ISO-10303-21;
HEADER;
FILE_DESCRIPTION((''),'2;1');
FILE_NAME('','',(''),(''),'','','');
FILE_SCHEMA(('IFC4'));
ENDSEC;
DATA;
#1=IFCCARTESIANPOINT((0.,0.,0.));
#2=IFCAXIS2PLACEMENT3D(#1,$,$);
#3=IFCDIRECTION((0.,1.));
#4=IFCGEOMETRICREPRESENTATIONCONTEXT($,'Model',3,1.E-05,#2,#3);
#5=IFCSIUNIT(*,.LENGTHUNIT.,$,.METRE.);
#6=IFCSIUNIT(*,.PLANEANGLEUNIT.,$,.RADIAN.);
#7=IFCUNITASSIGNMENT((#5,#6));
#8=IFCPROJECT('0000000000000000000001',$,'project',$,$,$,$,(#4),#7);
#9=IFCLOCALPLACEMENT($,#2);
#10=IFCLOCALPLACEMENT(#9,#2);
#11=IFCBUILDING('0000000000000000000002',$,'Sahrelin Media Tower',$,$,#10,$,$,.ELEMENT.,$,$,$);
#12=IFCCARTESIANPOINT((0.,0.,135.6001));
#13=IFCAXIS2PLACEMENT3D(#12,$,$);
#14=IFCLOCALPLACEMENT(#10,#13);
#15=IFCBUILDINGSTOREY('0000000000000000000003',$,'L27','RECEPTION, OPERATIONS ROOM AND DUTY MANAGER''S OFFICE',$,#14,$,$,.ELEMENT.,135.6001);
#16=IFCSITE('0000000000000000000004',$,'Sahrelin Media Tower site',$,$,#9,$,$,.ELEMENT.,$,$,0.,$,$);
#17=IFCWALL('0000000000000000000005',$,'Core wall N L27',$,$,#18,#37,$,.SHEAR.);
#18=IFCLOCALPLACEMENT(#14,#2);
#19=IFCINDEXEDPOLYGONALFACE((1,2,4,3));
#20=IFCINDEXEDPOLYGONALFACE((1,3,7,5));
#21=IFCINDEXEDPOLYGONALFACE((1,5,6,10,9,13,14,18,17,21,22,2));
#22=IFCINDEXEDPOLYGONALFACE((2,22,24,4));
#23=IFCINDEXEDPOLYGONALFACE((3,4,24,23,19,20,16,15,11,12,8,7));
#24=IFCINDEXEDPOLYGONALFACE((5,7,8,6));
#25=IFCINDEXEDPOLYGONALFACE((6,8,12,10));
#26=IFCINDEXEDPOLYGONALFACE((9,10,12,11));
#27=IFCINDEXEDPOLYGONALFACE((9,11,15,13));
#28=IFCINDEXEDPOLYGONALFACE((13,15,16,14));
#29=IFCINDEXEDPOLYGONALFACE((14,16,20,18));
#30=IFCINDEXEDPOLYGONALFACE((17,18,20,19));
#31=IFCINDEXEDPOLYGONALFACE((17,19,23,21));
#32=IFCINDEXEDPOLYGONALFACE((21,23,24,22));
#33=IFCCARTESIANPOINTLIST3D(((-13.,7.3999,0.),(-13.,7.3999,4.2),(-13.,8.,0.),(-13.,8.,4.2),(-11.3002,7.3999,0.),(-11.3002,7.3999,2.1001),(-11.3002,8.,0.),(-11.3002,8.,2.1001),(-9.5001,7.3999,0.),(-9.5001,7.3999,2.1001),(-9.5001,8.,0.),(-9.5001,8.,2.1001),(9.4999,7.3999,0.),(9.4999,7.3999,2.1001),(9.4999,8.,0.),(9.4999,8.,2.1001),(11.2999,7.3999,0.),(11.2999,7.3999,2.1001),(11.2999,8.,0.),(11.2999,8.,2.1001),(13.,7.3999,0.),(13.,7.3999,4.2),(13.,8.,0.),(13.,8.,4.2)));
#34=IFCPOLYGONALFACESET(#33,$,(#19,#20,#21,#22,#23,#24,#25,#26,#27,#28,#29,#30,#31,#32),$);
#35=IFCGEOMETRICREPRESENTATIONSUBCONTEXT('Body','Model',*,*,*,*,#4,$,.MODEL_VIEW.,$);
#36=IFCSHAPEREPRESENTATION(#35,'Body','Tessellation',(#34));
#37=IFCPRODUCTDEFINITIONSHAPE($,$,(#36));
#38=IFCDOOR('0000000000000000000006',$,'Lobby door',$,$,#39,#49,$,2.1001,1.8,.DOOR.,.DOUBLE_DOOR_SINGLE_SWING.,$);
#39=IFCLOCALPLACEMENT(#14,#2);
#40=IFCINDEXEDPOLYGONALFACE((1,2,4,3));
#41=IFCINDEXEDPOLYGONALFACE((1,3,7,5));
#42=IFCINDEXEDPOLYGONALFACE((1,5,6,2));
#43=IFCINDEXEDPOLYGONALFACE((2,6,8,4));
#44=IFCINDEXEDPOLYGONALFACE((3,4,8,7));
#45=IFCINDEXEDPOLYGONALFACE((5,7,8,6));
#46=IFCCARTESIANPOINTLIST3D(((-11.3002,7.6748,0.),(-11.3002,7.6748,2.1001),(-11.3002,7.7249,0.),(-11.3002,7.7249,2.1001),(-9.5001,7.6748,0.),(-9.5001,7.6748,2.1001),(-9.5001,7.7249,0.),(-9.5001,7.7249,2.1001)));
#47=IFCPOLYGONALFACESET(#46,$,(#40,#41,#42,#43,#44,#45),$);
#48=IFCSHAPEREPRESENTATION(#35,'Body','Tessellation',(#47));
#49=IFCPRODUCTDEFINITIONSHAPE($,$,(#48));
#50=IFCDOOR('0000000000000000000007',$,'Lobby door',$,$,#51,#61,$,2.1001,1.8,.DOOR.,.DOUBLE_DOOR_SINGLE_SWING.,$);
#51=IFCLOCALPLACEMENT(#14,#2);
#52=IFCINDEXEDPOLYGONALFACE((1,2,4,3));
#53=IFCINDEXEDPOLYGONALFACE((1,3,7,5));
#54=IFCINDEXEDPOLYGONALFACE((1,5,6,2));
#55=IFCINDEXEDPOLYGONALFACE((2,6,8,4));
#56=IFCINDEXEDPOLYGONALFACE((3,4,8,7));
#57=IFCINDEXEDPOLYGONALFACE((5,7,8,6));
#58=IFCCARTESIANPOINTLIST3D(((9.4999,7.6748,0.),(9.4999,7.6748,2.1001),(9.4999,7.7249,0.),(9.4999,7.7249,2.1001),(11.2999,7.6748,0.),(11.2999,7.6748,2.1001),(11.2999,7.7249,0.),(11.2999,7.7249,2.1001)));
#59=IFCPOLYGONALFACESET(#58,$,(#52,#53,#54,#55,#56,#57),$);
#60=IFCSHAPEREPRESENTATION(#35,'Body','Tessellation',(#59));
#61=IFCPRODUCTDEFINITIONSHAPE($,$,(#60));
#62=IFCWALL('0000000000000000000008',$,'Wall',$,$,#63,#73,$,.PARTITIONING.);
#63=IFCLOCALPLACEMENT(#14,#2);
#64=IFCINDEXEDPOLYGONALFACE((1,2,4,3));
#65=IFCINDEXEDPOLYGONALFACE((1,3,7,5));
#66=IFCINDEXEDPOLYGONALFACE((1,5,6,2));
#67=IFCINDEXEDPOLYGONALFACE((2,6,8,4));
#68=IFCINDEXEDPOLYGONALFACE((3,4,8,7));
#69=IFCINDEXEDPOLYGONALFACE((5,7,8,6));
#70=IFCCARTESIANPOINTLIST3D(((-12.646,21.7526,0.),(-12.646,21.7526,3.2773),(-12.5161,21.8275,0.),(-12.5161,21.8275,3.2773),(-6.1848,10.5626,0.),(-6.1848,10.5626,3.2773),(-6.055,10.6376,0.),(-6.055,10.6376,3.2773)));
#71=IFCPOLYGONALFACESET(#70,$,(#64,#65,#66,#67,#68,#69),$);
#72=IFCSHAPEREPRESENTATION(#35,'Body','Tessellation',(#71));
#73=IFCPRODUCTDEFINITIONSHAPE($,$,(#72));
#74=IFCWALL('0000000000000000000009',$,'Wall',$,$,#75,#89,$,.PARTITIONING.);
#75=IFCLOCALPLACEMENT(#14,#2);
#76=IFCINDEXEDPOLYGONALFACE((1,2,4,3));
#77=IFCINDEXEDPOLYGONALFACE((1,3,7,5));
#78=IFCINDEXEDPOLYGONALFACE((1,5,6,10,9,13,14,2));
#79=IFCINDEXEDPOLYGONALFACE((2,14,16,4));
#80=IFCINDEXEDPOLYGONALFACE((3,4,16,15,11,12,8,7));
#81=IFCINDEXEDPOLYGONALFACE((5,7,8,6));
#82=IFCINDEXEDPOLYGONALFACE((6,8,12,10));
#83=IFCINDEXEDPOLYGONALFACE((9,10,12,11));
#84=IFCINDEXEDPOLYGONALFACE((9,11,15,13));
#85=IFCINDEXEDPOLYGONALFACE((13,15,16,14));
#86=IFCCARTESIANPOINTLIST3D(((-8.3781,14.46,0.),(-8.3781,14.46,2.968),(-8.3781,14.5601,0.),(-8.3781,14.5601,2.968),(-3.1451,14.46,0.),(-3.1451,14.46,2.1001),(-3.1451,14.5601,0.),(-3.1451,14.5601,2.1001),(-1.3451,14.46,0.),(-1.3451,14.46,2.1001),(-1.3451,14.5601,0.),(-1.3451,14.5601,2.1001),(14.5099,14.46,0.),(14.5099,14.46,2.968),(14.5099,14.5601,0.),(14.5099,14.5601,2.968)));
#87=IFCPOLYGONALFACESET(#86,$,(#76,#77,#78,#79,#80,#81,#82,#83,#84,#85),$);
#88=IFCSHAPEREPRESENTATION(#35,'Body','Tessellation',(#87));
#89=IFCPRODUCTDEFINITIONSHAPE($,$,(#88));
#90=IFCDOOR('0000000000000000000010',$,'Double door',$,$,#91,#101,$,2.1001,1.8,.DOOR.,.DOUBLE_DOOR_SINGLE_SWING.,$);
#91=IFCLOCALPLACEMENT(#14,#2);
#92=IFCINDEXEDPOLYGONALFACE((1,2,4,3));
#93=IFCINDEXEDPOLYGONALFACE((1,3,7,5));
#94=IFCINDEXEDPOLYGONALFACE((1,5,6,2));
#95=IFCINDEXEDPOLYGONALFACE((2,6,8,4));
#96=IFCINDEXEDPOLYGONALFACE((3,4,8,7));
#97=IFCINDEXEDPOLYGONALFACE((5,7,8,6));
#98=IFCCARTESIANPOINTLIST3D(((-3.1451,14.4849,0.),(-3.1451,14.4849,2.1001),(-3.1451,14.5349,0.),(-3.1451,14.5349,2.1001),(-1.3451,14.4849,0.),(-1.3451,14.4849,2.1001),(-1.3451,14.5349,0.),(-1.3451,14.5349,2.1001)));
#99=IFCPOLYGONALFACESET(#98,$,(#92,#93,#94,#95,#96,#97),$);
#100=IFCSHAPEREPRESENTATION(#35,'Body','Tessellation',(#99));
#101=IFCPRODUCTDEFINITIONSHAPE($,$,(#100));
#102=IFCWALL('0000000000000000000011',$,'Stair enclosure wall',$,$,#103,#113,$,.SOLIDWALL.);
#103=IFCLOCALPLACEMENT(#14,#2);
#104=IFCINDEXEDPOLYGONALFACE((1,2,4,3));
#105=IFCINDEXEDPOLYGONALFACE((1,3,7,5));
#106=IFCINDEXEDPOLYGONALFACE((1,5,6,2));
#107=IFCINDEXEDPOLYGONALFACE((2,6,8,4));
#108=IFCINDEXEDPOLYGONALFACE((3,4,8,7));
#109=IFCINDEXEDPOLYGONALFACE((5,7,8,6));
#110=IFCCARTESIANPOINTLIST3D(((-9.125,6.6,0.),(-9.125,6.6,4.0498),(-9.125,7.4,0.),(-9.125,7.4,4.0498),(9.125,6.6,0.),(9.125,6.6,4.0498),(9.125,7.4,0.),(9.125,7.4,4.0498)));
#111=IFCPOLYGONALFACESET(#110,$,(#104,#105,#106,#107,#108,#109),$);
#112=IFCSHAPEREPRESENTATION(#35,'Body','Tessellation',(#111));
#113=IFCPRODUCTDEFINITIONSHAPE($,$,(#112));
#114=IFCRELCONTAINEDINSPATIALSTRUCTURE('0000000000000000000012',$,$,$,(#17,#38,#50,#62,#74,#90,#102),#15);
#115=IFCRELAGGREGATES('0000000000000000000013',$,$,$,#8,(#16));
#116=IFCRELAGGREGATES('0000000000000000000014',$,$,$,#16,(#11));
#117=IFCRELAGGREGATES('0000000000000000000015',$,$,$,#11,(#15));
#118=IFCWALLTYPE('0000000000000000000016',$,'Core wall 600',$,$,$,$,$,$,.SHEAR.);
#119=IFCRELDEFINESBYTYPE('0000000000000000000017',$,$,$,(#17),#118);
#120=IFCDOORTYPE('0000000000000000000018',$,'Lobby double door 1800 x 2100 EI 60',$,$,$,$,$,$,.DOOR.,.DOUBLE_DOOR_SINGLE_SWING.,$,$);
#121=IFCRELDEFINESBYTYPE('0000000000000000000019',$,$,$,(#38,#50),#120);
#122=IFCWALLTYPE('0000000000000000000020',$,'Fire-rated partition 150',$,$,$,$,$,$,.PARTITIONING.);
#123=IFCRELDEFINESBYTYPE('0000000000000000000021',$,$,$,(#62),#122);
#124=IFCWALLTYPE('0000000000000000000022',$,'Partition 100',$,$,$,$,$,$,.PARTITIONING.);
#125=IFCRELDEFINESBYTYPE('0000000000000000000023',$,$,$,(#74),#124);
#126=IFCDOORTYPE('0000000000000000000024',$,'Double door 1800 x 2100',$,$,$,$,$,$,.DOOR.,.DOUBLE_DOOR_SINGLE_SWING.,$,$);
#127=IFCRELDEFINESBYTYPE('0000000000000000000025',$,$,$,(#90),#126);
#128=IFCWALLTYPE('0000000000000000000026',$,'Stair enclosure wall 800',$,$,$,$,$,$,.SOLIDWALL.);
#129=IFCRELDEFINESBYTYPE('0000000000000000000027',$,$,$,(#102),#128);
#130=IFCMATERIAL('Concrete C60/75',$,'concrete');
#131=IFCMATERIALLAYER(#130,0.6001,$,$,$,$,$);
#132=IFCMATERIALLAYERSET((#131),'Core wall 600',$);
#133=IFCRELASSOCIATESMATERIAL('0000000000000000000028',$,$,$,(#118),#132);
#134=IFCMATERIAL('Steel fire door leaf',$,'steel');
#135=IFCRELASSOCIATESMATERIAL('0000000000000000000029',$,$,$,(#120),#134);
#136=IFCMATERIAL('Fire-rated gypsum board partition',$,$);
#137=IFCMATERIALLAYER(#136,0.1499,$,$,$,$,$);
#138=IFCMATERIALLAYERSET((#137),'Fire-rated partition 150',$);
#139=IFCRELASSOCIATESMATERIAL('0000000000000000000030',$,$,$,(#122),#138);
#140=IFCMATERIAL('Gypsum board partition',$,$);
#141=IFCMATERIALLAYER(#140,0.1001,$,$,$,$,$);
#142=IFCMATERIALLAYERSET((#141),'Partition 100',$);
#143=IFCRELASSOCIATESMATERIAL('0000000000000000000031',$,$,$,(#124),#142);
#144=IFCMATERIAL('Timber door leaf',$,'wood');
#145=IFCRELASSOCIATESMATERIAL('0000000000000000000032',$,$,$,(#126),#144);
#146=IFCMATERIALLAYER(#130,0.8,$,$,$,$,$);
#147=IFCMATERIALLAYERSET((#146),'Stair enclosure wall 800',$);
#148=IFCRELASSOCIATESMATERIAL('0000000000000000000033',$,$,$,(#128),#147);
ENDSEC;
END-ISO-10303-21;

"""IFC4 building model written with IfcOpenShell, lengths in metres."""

from ifc_helpers import new_model, si_unit, direction, frame, frame_2d, origin, place, context, subcontext, project, spatial, rectangle, extrude, material, layer, layer_set, type_object, element, fill, save


model = new_model("IFC4")

# Units and contexts
model_context = context("Model", 3, precision=1e-05, world=origin(), true_north=direction((0.0, 1.0)))
body_context = subcontext(model_context, "Body", "Model", "MODEL_VIEW")
ifc_project = project(units=[si_unit("LENGTHUNIT", "METRE"), si_unit("PLANEANGLEUNIT", "RADIAN")], contexts=[model_context])

# Site, building, storey
site_placement = place(None, origin())
site = spatial("IfcSite", under=ifc_project, at=site_placement, Name="Sahrelin Media Tower site", CompositionType="ELEMENT", RefElevation=0.0)
building_placement = place(site_placement, origin())
building = spatial("IfcBuilding", under=site, at=building_placement, Name="Sahrelin Media Tower", CompositionType="ELEMENT")
storey_placement = place(building_placement, frame((0.0, 0.0, 135.6001)))
storey = spatial("IfcBuildingStorey", under=building, at=storey_placement, Name="L27", Description="RECEPTION, OPERATIONS ROOM AND DUTY MANAGER'S OFFICE", CompositionType="ELEMENT", Elevation=135.6001)

# Wall, openings, doors
ifc_material_1 = material(Name="Concrete C60/75", Category="concrete")
ifc_layer_1 = layer(ifc_material_1, 0.6001)
ifc_layer_set_1 = layer_set([ifc_layer_1], Name="Core wall 600")
wall_type_1 = type_object("IfcWallType", Name="Core wall 600", PredefinedType="SHEAR", material=ifc_layer_set_1)
wall_1_placement = place(storey_placement, frame((-13.0, 7.7, 0.0), z_axis=(0.0, 0.0, 1.0), x_axis=(1.0, 0.0, 0.0)))
wall_1 = element("IfcWall", 1, at=wall_1_placement, inside=storey, type_object=wall_type_1, Name="Core wall N L27", PredefinedType="SHEAR", context=body_context, shape_type="SweptSolid", body=[
    extrude(rectangle(XDim=26.0, YDim=0.6001, at=frame_2d((13.0, 0.0))), origin(), (0.0, 0.0, 1.0), 4.2),
])
opening_1_placement = place(wall_1_placement, frame((1.7, 0.0, 0.0)))
opening_1 = element("IfcOpeningElement", 2, at=opening_1_placement, cuts=wall_1, PredefinedType="OPENING", context=body_context, shape_type="SweptSolid", body=[
    extrude(rectangle(XDim=1.8, YDim=2.1001, at=frame_2d((0.8999, 1.05))), frame((0.0, 0.3, 0.0), z_axis=(0.0, -1.0, 0.0), x_axis=(1.0, 0.0, 0.0)), (0.0, 0.0, 1.0), 0.6001),
])
opening_2_placement = place(wall_1_placement, frame((22.5, 0.0, 0.0)))
opening_2 = element("IfcOpeningElement", 3, at=opening_2_placement, cuts=wall_1, PredefinedType="OPENING", context=body_context, shape_type="SweptSolid", body=[
    extrude(rectangle(XDim=1.8, YDim=2.1001, at=frame_2d((0.8999, 1.05))), frame((0.0, 0.3, 0.0), z_axis=(0.0, -1.0, 0.0), x_axis=(1.0, 0.0, 0.0)), (0.0, 0.0, 1.0), 0.6001),
])
ifc_material_2 = material(Name="Steel fire door leaf", Category="steel")
door_type_1 = type_object("IfcDoorType", Name="Lobby double door 1800 x 2100 EI 60", OperationType="DOUBLE_DOOR_SINGLE_SWING", PredefinedType="DOOR", material=ifc_material_2)
door_1_placement = place(opening_1_placement, origin())
door_1 = element("IfcDoor", 4, at=door_1_placement, inside=storey, type_object=door_type_1, Name="Lobby door", OperationType="DOUBLE_DOOR_SINGLE_SWING", OverallHeight=2.1001, OverallWidth=1.8, PredefinedType="DOOR", context=body_context, shape_type="SweptSolid", body=[
    extrude(rectangle(XDim=1.8, YDim=2.1001, at=frame_2d((0.8999, 1.05))), frame((0.0, 0.0249, 0.0), z_axis=(0.0, -1.0, 0.0), x_axis=(1.0, 0.0, 0.0)), (0.0, 0.0, 1.0), 0.05),
])
fill(opening_1, door_1)
door_2_placement = place(opening_2_placement, origin())
door_2 = element("IfcDoor", 5, at=door_2_placement, inside=storey, type_object=door_type_1, Name="Lobby door", OperationType="DOUBLE_DOOR_SINGLE_SWING", OverallHeight=2.1001, OverallWidth=1.8, PredefinedType="DOOR", context=body_context, shape_type="SweptSolid", body=[
    extrude(rectangle(XDim=1.8, YDim=2.1001, at=frame_2d((0.8999, 1.05))), frame((0.0, 0.0249, 0.0), z_axis=(0.0, -1.0, 0.0), x_axis=(1.0, 0.0, 0.0)), (0.0, 0.0, 1.0), 0.05),
])
fill(opening_2, door_2)

# Wall
ifc_material_3 = material(Name="Fire-rated gypsum board partition")
ifc_layer_2 = layer(ifc_material_3, 0.1499)
ifc_layer_set_2 = layer_set([ifc_layer_2], Name="Fire-rated partition 150")
wall_type_2 = type_object("IfcWallType", Name="Fire-rated partition 150", PredefinedType="PARTITIONING", material=ifc_layer_set_2)
wall_2_placement = place(storey_placement, frame((-12.5811, 21.79, 0.0), z_axis=(0.0, 0.0, 1.0), x_axis=(0.500039, -0.866003, 0.0)))
element("IfcWall", 6, at=wall_2_placement, inside=storey, type_object=wall_type_2, Name="Wall", PredefinedType="PARTITIONING", context=body_context, shape_type="SweptSolid", body=[
    extrude(rectangle(XDim=12.9214, YDim=0.1499, at=frame_2d((6.4607, 0.0))), origin(), (0.0, 0.0, 1.0), 3.2773),
])

# Wall, opening, door
ifc_material_4 = material(Name="Gypsum board partition")
ifc_layer_3 = layer(ifc_material_4, 0.1001)
ifc_layer_set_3 = layer_set([ifc_layer_3], Name="Partition 100")
wall_type_3 = type_object("IfcWallType", Name="Partition 100", PredefinedType="PARTITIONING", material=ifc_layer_set_3)
wall_3_placement = place(storey_placement, frame((-8.3779, 14.51, 0.0), z_axis=(0.0, 0.0, 1.0), x_axis=(1.0, 0.0, 0.0)))
wall_3 = element("IfcWall", 7, at=wall_3_placement, inside=storey, type_object=wall_type_3, Name="Wall", PredefinedType="PARTITIONING", context=body_context, shape_type="SweptSolid", body=[
    extrude(rectangle(XDim=22.8879, YDim=0.1001, at=frame_2d((11.4438, 0.0))), origin(), (0.0, 0.0, 1.0), 2.968),
])
opening_3_placement = place(wall_3_placement, frame((5.2329, 0.0, 0.0)))
opening_3 = element("IfcOpeningElement", 8, at=opening_3_placement, cuts=wall_3, PredefinedType="OPENING", context=body_context, shape_type="SweptSolid", body=[
    extrude(rectangle(XDim=1.8, YDim=2.1001, at=frame_2d((0.8999, 1.05))), frame((0.0, 0.05, 0.0), z_axis=(0.0, -1.0, 0.0), x_axis=(1.0, 0.0, 0.0)), (0.0, 0.0, 1.0), 0.1001),
])
ifc_material_5 = material(Name="Timber door leaf", Category="wood")
door_type_2 = type_object("IfcDoorType", Name="Double door 1800 x 2100", OperationType="DOUBLE_DOOR_SINGLE_SWING", PredefinedType="DOOR", material=ifc_material_5)
door_3_placement = place(opening_3_placement, origin())
door_3 = element("IfcDoor", 9, at=door_3_placement, inside=storey, type_object=door_type_2, Name="Double door", OperationType="DOUBLE_DOOR_SINGLE_SWING", OverallHeight=2.1001, OverallWidth=1.8, PredefinedType="DOOR", context=body_context, shape_type="SweptSolid", body=[
    extrude(rectangle(XDim=1.8, YDim=2.1001, at=frame_2d((0.8999, 1.05))), frame((0.0, 0.0249, 0.0), z_axis=(0.0, -1.0, 0.0), x_axis=(1.0, 0.0, 0.0)), (0.0, 0.0, 1.0), 0.05),
])
fill(opening_3, door_3)

# Wall
ifc_layer_4 = layer(ifc_material_1, 0.8)
ifc_layer_set_4 = layer_set([ifc_layer_4], Name="Stair enclosure wall 800")
wall_type_4 = type_object("IfcWallType", Name="Stair enclosure wall 800", PredefinedType="SOLIDWALL", material=ifc_layer_set_4)
wall_4_placement = place(storey_placement, frame((-9.125, 7.0, 0.0), z_axis=(0.0, 0.0, 1.0), x_axis=(1.0, 0.0, 0.0)))
element("IfcWall", 10, at=wall_4_placement, inside=storey, type_object=wall_type_4, Name="Stair enclosure wall", PredefinedType="SOLIDWALL", context=body_context, shape_type="SweptSolid", body=[
    extrude(rectangle(XDim=18.25, YDim=0.8, at=frame_2d((9.125, 0.0))), origin(), (0.0, 0.0, 1.0), 4.0498),
])

save(model, "model.ifc")
